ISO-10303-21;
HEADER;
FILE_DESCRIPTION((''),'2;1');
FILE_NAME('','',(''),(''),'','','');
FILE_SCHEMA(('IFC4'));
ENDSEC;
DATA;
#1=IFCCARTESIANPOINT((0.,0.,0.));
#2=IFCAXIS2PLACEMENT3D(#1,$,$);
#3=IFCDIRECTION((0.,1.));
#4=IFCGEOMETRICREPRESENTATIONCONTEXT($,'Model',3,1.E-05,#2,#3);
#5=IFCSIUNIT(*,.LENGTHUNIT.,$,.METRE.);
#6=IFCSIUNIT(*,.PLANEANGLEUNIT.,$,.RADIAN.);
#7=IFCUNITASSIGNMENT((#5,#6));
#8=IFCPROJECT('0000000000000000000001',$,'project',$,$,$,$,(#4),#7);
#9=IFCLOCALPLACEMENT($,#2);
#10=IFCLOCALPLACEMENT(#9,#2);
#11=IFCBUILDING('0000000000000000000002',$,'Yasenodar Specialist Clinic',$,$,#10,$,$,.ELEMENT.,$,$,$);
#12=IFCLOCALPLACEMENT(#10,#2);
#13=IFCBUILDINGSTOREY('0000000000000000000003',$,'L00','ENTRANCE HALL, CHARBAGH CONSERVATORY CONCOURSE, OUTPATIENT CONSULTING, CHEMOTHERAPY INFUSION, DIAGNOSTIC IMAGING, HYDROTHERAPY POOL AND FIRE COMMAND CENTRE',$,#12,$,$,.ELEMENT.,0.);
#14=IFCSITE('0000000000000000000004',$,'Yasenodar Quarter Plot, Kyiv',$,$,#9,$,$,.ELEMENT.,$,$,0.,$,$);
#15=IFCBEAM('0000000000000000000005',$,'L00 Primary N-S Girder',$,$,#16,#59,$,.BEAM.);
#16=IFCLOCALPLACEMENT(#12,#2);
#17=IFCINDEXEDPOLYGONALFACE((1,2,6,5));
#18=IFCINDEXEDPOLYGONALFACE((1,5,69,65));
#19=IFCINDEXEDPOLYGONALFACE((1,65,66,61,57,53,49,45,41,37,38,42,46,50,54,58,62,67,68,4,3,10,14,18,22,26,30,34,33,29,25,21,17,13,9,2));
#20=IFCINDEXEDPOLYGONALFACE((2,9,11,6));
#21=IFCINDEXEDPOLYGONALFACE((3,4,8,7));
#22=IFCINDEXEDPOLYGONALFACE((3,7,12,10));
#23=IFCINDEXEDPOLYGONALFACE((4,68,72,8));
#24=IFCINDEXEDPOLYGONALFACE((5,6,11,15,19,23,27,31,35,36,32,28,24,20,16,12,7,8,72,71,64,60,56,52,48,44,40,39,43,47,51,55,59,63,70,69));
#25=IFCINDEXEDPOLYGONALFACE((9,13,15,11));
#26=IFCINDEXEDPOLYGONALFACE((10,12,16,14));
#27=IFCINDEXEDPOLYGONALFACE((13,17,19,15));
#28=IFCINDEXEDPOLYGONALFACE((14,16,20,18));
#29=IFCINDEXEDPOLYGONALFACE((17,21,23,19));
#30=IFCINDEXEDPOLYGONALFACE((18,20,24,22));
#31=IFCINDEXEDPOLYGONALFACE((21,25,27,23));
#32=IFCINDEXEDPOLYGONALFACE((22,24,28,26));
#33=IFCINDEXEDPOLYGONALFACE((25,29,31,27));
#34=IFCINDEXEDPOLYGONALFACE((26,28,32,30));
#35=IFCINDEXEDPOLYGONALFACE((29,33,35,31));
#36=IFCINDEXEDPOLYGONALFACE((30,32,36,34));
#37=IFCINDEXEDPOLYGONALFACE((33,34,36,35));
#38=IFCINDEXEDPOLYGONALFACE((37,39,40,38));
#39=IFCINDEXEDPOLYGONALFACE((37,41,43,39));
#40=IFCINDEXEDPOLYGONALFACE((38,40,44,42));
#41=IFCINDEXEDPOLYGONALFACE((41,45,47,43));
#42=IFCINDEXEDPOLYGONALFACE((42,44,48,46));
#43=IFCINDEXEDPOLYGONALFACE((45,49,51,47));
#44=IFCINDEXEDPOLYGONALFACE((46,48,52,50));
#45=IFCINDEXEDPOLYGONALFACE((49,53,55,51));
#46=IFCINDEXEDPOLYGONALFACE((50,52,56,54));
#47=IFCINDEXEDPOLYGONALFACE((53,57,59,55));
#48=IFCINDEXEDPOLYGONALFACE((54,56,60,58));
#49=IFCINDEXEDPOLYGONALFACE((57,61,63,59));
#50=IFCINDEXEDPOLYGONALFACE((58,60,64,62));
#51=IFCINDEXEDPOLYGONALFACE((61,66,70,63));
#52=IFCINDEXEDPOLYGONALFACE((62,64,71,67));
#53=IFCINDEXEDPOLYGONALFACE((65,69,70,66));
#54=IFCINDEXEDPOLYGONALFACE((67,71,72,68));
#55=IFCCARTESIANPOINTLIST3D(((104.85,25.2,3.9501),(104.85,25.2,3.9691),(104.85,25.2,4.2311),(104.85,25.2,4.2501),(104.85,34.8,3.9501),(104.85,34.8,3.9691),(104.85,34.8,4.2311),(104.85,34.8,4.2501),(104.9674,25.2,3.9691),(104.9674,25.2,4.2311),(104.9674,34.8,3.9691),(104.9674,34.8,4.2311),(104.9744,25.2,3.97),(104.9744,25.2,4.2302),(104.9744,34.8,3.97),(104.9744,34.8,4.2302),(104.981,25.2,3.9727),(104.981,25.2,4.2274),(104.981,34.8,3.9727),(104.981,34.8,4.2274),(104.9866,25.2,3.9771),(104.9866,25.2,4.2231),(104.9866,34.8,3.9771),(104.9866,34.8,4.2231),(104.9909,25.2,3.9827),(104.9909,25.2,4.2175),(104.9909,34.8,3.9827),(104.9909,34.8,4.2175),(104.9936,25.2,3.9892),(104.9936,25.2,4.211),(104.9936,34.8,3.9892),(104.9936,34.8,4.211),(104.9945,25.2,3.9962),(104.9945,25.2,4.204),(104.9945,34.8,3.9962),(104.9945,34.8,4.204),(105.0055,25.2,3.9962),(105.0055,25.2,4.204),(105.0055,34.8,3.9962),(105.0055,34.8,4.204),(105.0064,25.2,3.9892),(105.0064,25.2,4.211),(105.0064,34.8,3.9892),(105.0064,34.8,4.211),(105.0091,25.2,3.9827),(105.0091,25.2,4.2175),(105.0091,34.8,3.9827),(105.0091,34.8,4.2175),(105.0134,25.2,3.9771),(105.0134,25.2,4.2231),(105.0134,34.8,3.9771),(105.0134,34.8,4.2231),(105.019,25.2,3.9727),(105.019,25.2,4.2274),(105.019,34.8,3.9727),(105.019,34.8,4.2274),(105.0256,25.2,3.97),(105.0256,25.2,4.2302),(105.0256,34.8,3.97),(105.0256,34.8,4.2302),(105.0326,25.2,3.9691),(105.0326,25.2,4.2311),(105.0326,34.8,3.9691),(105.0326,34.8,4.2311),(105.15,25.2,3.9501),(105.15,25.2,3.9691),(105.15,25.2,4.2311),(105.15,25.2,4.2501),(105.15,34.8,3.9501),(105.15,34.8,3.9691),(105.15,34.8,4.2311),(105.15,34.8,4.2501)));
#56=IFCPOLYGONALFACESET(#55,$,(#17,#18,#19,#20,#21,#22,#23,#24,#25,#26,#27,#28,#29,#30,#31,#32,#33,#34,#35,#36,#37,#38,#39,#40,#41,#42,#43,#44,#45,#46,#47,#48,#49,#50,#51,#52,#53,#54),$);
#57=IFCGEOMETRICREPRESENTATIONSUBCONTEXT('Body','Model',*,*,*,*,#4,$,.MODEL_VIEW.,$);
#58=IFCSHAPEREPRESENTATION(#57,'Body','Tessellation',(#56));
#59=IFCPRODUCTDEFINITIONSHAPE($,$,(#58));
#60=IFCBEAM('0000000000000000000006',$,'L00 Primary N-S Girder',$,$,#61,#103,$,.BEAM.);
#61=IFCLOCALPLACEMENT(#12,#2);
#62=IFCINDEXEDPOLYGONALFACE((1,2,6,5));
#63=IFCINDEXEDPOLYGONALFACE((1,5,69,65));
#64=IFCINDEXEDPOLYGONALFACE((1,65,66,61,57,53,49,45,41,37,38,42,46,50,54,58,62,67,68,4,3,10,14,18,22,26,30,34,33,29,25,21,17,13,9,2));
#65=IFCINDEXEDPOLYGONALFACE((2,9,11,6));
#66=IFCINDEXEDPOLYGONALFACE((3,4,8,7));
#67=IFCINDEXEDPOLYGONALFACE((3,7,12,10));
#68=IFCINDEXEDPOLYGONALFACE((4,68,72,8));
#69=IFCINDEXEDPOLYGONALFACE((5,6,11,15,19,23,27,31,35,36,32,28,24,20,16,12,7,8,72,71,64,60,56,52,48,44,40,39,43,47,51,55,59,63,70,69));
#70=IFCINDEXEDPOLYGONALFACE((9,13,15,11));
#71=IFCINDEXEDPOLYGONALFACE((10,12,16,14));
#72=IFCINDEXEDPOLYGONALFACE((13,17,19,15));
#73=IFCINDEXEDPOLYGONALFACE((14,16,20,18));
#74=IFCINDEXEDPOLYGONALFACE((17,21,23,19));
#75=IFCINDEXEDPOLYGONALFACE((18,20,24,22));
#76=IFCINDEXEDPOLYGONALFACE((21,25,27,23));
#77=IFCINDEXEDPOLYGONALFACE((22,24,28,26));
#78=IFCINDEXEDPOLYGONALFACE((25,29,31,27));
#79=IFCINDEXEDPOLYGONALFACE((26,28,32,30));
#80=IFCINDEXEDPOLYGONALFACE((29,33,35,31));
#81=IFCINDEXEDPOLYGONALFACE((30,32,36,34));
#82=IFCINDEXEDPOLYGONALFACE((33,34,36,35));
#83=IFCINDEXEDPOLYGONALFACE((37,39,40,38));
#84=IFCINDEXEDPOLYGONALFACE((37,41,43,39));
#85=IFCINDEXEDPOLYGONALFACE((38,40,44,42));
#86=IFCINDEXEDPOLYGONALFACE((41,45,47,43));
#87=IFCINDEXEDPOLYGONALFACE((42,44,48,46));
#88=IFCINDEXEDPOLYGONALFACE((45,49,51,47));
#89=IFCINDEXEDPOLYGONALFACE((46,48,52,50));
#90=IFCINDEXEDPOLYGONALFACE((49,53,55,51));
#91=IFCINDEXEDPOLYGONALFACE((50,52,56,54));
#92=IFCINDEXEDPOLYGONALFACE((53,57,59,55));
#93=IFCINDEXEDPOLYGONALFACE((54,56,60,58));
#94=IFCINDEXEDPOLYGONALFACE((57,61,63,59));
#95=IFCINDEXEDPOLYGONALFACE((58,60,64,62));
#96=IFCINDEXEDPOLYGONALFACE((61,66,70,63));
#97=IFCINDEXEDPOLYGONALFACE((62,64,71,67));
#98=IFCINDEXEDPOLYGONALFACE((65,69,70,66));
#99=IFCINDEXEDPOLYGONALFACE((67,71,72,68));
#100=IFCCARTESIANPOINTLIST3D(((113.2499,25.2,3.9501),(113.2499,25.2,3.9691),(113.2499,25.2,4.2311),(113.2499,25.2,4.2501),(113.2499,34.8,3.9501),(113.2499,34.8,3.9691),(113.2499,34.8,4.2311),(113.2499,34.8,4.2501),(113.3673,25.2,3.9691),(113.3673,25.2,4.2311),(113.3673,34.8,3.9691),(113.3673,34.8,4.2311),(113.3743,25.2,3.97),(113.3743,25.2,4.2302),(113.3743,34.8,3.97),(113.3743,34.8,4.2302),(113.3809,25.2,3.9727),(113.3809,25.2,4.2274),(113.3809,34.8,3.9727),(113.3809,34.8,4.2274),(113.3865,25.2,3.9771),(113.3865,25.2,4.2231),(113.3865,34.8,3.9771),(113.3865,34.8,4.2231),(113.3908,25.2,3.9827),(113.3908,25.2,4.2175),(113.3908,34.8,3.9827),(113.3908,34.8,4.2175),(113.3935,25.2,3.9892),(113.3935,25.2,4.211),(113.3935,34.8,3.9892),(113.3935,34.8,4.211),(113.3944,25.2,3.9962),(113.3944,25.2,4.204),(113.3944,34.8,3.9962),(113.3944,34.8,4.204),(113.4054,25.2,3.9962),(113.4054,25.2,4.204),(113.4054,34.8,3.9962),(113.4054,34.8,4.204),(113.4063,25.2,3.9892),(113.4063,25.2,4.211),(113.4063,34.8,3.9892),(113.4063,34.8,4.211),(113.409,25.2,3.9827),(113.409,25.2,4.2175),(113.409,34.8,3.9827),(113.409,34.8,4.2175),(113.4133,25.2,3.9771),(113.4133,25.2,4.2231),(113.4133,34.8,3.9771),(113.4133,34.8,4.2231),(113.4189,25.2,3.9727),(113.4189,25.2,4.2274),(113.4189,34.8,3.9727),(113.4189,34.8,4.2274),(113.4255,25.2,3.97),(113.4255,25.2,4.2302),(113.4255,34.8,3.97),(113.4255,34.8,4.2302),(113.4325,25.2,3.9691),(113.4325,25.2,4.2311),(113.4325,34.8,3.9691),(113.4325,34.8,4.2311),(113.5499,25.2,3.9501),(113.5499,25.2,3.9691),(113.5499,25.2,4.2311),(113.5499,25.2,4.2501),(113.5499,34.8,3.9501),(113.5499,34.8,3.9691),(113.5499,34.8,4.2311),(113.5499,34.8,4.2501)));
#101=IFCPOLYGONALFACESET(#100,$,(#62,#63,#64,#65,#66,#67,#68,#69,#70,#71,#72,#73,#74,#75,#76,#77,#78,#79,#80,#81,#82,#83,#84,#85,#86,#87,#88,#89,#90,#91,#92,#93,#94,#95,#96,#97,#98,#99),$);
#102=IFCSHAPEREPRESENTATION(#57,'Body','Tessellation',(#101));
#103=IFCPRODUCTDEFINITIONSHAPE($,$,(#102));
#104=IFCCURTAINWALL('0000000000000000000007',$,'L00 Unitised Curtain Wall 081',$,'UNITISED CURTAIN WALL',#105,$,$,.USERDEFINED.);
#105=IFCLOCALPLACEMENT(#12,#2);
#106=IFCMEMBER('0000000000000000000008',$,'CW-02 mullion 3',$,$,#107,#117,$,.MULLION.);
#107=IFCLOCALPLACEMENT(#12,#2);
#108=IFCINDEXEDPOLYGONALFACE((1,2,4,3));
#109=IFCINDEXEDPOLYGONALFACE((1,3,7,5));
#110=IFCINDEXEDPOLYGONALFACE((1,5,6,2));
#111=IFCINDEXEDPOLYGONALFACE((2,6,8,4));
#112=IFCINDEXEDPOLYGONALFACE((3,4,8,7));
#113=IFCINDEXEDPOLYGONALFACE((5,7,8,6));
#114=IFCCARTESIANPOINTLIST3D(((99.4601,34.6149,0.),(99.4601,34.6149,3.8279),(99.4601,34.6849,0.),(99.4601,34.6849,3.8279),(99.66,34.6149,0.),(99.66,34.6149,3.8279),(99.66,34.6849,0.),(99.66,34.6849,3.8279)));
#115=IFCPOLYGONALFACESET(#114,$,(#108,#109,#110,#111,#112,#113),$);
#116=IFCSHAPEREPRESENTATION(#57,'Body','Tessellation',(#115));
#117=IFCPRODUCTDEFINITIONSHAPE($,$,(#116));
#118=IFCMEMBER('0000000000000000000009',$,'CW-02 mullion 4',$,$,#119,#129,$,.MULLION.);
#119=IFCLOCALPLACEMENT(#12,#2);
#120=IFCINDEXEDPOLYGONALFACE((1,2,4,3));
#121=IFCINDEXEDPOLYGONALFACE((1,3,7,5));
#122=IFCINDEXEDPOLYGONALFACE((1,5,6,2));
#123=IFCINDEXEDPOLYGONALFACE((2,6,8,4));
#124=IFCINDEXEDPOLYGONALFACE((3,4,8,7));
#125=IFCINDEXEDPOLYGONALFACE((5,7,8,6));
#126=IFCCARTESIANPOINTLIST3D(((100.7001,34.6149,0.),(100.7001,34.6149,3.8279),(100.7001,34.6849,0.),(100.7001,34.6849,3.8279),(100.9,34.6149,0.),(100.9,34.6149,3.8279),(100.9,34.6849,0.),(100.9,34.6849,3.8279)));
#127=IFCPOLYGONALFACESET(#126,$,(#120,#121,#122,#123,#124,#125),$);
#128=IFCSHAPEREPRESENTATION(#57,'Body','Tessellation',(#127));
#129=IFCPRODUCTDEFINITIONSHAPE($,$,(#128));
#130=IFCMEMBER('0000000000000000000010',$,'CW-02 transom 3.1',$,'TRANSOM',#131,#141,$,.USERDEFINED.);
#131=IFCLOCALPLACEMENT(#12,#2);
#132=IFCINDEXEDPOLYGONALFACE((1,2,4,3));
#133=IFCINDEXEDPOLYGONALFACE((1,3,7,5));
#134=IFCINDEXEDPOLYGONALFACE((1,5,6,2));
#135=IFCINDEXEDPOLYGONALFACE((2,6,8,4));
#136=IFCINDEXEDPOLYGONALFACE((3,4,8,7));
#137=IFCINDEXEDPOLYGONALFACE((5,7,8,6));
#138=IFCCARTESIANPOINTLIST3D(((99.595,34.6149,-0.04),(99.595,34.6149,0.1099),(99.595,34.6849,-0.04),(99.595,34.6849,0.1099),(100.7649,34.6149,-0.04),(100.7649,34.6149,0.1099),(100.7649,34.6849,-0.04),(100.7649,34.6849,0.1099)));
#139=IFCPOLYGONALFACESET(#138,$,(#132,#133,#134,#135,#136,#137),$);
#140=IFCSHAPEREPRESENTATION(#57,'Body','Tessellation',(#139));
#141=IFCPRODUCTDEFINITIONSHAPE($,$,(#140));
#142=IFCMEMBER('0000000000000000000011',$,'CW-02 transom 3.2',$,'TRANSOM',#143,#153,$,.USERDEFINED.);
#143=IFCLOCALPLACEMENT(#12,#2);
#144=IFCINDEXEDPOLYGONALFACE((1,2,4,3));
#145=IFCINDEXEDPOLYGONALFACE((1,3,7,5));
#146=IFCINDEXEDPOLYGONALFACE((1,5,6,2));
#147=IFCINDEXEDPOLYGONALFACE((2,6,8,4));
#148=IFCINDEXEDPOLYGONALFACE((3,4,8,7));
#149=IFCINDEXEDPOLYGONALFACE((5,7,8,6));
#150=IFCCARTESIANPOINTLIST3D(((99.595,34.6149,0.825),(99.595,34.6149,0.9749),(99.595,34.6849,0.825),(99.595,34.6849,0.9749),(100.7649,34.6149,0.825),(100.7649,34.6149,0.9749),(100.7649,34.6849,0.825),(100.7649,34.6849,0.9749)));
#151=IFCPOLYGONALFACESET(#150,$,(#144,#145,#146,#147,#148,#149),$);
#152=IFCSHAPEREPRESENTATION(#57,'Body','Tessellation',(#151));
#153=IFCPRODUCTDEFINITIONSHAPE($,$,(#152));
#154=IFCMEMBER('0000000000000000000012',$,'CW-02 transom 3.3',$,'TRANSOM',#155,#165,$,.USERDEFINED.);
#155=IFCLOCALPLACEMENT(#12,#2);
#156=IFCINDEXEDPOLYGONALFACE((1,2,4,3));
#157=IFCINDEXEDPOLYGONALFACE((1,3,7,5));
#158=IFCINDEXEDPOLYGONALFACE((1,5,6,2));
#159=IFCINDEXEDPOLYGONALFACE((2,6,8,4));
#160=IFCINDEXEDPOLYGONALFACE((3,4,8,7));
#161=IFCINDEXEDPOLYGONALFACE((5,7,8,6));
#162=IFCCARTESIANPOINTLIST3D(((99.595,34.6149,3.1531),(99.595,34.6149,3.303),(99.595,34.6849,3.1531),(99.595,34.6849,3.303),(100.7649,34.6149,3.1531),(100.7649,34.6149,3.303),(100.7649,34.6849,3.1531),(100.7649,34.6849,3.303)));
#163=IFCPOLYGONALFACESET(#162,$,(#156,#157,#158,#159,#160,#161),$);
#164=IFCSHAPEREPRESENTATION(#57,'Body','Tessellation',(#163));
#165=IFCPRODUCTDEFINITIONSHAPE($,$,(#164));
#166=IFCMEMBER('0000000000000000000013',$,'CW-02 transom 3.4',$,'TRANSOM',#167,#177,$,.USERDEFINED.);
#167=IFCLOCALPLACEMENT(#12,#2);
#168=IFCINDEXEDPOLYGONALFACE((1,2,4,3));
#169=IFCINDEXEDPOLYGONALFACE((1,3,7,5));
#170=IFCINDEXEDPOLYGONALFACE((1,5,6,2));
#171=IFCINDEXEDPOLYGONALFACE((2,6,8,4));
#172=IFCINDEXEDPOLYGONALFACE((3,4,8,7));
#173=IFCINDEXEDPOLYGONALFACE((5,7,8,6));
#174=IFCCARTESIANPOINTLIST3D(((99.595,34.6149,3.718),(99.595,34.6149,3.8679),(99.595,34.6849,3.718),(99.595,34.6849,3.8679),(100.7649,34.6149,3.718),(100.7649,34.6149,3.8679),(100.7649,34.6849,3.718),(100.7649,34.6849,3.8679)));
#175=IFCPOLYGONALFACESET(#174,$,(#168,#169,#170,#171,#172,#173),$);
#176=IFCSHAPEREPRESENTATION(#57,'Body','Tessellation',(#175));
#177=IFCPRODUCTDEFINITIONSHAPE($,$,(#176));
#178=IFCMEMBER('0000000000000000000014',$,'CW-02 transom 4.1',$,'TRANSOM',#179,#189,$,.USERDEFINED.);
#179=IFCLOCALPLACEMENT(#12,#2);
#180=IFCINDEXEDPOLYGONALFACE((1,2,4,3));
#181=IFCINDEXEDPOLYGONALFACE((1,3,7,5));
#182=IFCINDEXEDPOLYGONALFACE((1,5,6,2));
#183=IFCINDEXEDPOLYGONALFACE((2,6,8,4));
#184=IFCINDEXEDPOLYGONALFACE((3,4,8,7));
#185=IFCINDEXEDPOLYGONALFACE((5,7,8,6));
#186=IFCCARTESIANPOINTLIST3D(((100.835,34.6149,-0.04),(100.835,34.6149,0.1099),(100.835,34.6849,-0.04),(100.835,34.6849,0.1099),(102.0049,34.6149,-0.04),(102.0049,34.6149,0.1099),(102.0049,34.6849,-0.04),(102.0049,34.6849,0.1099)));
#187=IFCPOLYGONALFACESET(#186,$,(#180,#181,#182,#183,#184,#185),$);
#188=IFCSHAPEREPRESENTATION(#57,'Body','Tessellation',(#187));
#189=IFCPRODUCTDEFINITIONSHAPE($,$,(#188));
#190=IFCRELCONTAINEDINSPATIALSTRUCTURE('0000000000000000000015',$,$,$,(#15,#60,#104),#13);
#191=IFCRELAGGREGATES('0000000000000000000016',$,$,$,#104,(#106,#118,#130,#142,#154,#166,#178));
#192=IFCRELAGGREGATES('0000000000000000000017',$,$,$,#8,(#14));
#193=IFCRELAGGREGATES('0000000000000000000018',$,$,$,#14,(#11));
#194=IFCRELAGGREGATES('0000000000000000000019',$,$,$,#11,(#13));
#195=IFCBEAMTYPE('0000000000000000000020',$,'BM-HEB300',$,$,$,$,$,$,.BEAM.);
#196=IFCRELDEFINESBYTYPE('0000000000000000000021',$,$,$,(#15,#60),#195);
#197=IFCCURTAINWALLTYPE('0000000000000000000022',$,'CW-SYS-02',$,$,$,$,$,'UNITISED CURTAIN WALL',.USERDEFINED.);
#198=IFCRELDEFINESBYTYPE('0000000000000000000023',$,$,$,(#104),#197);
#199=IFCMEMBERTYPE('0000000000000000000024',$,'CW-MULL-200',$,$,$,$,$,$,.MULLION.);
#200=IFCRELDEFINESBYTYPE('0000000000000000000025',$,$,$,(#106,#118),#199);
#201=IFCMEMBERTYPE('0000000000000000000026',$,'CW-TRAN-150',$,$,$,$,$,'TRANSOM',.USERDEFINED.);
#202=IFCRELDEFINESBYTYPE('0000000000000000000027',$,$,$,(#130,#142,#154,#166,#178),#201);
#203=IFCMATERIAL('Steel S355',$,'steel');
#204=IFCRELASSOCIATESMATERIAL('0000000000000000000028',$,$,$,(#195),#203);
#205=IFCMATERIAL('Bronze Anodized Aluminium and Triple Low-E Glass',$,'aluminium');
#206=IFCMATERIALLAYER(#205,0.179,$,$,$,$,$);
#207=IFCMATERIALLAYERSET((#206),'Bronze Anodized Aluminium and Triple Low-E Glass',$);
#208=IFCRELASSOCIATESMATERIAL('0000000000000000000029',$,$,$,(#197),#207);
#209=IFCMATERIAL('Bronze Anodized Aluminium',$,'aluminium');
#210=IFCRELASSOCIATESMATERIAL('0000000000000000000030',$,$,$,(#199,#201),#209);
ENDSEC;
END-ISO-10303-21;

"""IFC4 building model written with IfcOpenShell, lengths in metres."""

from ifc_helpers import new_model, si_unit, direction, frame, origin, origin_2d, place, context, subcontext, project, spatial, rectangle, i_section, extrude, material, layer, layer_set, material_profile, profile_set, type_object, element, aggregate, save


model = new_model("IFC4")

# Units and contexts
model_context = context("Model", 3, precision=1e-05, world=origin(), true_north=direction((0.0, 1.0)))
body_context = subcontext(model_context, "Body", "Model", "MODEL_VIEW")
ifc_project = project(units=[si_unit("LENGTHUNIT", "METRE"), si_unit("PLANEANGLEUNIT", "RADIAN")], contexts=[model_context])

# Site, building, storey
site_placement = place(None, origin())
site = spatial("IfcSite", under=ifc_project, at=site_placement, Name="Yasenodar Quarter Plot, Kyiv", CompositionType="ELEMENT", RefElevation=0.0)
building_placement = place(site_placement, origin())
building = spatial("IfcBuilding", under=site, at=building_placement, Name="Yasenodar Specialist Clinic", CompositionType="ELEMENT")
storey_placement = place(building_placement, origin())
storey = spatial("IfcBuildingStorey", under=building, at=storey_placement, Name="L00", Description="ENTRANCE HALL, CHARBAGH CONSERVATORY CONCOURSE, OUTPATIENT CONSULTING, CHEMOTHERAPY INFUSION, DIAGNOSTIC IMAGING, HYDROTHERAPY POOL AND FIRE COMMAND CENTRE", CompositionType="ELEMENT", Elevation=0.0)

# Shared definitions
ifc_material_1 = material(Name="Steel S355", Category="steel")

# Beams
ifc_material_profile_1 = material_profile(ifc_material_1, i_section(OverallWidth=0.3, OverallDepth=0.3, WebThickness=0.011, FlangeThickness=0.019, FilletRadius=0.0271, at=origin_2d()), Name="HEB 300")
ifc_profile_set_1 = profile_set([ifc_material_profile_1], Name="Steel S355")
beam_type_1 = type_object("IfcBeamType", Name="BM-HEB300", PredefinedType="BEAM", material=ifc_profile_set_1)
for number, where, z_axis, x_axis, name in (
    (1, (105.0, 25.2, 4.1001), (0.0, 1.0, 0.0), (-1.0, 0.0, 0.0), "L00 Primary N-S Girder"),
    (2, (113.3999, 25.2, 4.1001), (0.0, 1.0, 0.0), (-1.0, 0.0, 0.0), "L00 Primary N-S Girder"),
):
    element("IfcBeam", number, at=place(storey_placement, frame(where, z_axis=z_axis, x_axis=x_axis)), inside=storey, type_object=beam_type_1, Name=name, PredefinedType="BEAM", context=body_context, shape_type="SweptSolid", body=[
        extrude(i_section(OverallWidth=0.3, OverallDepth=0.3, WebThickness=0.011, FlangeThickness=0.019, FilletRadius=0.0271, at=origin_2d()), origin(), (0.0, 0.0, 1.0), 9.6001),
    ])

# Curtain wall, members
ifc_material_2 = material(Name="Bronze Anodized Aluminium and Triple Low-E Glass", Category="aluminium")
ifc_layer_1 = layer(ifc_material_2, 0.179)
ifc_layer_set_1 = layer_set([ifc_layer_1], Name="Bronze Anodized Aluminium and Triple Low-E Glass")
curtain_wall_type = type_object("IfcCurtainWallType", Name="CW-SYS-02", ElementType="UNITISED CURTAIN WALL", PredefinedType="USERDEFINED", material=ifc_layer_set_1)
curtain_wall_placement = place(storey_placement, origin())
curtain_wall = element("IfcCurtainWall", 3, at=curtain_wall_placement, inside=storey, type_object=curtain_wall_type, Name="L00 Unitised Curtain Wall 081", ObjectType="UNITISED CURTAIN WALL", PredefinedType="USERDEFINED")
ifc_material_3 = material(Name="Bronze Anodized Aluminium", Category="aluminium")
ifc_material_profile_2 = material_profile(ifc_material_3, rectangle(XDim=0.0701, YDim=0.2, at=origin_2d()), Name="CW-MULL 70x200")
ifc_profile_set_2 = profile_set([ifc_material_profile_2], Name="Bronze Anodized Aluminium")
member_type_1 = type_object("IfcMemberType", Name="CW-MULL-200", PredefinedType="MULLION", material=ifc_profile_set_2)
member_1_placement = place(storey_placement, frame((99.5601, 34.6499, 0.0), z_axis=(0.0, 0.0, 1.0), x_axis=(0.0, 1.0, 0.0)))
member_1 = element("IfcMember", 4, at=member_1_placement, type_object=member_type_1, Name="CW-02 mullion 3", PredefinedType="MULLION", context=body_context, shape_type="SweptSolid", body=[
    extrude(rectangle(XDim=0.0701, YDim=0.2, at=origin_2d()), origin(), (0.0, 0.0, 1.0), 3.8279),
])
member_2_placement = place(storey_placement, frame((100.8, 34.6499, 0.0), z_axis=(0.0, 0.0, 1.0), x_axis=(0.0, 1.0, 0.0)))
member_2 = element("IfcMember", 5, at=member_2_placement, type_object=member_type_1, Name="CW-02 mullion 4", PredefinedType="MULLION", context=body_context, shape_type="SweptSolid", body=[
    extrude(rectangle(XDim=0.0701, YDim=0.2, at=origin_2d()), origin(), (0.0, 0.0, 1.0), 3.8279),
])
ifc_material_profile_3 = material_profile(ifc_material_3, rectangle(XDim=0.0701, YDim=0.1499, at=origin_2d()), Name="CW-TRAN 70x150")
ifc_profile_set_3 = profile_set([ifc_material_profile_3], Name="Bronze Anodized Aluminium")
member_type_2 = type_object("IfcMemberType", Name="CW-TRAN-150", ElementType="TRANSOM", PredefinedType="USERDEFINED", material=ifc_profile_set_3)
member_3_placement = place(storey_placement, frame((99.595, 34.6499, 0.0349), z_axis=(1.0, 0.0, 0.0), x_axis=(0.0, 1.0, 0.0)))
member_3 = element("IfcMember", 6, at=member_3_placement, type_object=member_type_2, Name="CW-02 transom 3.1", ObjectType="TRANSOM", PredefinedType="USERDEFINED", context=body_context, shape_type="SweptSolid", body=[
    extrude(rectangle(XDim=0.0701, YDim=0.1499, at=origin_2d()), origin(), (0.0, 0.0, 1.0), 1.1699),
])
member_4_placement = place(storey_placement, frame((99.595, 34.6499, 0.8999), z_axis=(1.0, 0.0, 0.0), x_axis=(0.0, 1.0, 0.0)))
member_4 = element("IfcMember", 7, at=member_4_placement, type_object=member_type_2, Name="CW-02 transom 3.2", ObjectType="TRANSOM", PredefinedType="USERDEFINED", context=body_context, shape_type="SweptSolid", body=[
    extrude(rectangle(XDim=0.0701, YDim=0.1499, at=origin_2d()), origin(), (0.0, 0.0, 1.0), 1.1699),
])
member_5_placement = place(storey_placement, frame((99.595, 34.6499, 3.228), z_axis=(1.0, 0.0, 0.0), x_axis=(0.0, 1.0, 0.0)))
member_5 = element("IfcMember", 8, at=member_5_placement, type_object=member_type_2, Name="CW-02 transom 3.3", ObjectType="TRANSOM", PredefinedType="USERDEFINED", context=body_context, shape_type="SweptSolid", body=[
    extrude(rectangle(XDim=0.0701, YDim=0.1499, at=origin_2d()), origin(), (0.0, 0.0, 1.0), 1.1699),
])
member_6_placement = place(storey_placement, frame((99.595, 34.6499, 3.793), z_axis=(1.0, 0.0, 0.0), x_axis=(0.0, 1.0, 0.0)))
member_6 = element("IfcMember", 9, at=member_6_placement, type_object=member_type_2, Name="CW-02 transom 3.4", ObjectType="TRANSOM", PredefinedType="USERDEFINED", context=body_context, shape_type="SweptSolid", body=[
    extrude(rectangle(XDim=0.0701, YDim=0.1499, at=origin_2d()), origin(), (0.0, 0.0, 1.0), 1.1699),
])
member_7_placement = place(storey_placement, frame((100.835, 34.6499, 0.0349), z_axis=(1.0, 0.0, 0.0), x_axis=(0.0, 1.0, 0.0)))
member_7 = element("IfcMember", 10, at=member_7_placement, type_object=member_type_2, Name="CW-02 transom 4.1", ObjectType="TRANSOM", PredefinedType="USERDEFINED", context=body_context, shape_type="SweptSolid", body=[
    extrude(rectangle(XDim=0.0701, YDim=0.1499, at=origin_2d()), origin(), (0.0, 0.0, 1.0), 1.1699),
])

aggregate(curtain_wall, [member_1, member_2, member_3, member_4, member_5, member_6, member_7])

save(model, "model.ifc")
